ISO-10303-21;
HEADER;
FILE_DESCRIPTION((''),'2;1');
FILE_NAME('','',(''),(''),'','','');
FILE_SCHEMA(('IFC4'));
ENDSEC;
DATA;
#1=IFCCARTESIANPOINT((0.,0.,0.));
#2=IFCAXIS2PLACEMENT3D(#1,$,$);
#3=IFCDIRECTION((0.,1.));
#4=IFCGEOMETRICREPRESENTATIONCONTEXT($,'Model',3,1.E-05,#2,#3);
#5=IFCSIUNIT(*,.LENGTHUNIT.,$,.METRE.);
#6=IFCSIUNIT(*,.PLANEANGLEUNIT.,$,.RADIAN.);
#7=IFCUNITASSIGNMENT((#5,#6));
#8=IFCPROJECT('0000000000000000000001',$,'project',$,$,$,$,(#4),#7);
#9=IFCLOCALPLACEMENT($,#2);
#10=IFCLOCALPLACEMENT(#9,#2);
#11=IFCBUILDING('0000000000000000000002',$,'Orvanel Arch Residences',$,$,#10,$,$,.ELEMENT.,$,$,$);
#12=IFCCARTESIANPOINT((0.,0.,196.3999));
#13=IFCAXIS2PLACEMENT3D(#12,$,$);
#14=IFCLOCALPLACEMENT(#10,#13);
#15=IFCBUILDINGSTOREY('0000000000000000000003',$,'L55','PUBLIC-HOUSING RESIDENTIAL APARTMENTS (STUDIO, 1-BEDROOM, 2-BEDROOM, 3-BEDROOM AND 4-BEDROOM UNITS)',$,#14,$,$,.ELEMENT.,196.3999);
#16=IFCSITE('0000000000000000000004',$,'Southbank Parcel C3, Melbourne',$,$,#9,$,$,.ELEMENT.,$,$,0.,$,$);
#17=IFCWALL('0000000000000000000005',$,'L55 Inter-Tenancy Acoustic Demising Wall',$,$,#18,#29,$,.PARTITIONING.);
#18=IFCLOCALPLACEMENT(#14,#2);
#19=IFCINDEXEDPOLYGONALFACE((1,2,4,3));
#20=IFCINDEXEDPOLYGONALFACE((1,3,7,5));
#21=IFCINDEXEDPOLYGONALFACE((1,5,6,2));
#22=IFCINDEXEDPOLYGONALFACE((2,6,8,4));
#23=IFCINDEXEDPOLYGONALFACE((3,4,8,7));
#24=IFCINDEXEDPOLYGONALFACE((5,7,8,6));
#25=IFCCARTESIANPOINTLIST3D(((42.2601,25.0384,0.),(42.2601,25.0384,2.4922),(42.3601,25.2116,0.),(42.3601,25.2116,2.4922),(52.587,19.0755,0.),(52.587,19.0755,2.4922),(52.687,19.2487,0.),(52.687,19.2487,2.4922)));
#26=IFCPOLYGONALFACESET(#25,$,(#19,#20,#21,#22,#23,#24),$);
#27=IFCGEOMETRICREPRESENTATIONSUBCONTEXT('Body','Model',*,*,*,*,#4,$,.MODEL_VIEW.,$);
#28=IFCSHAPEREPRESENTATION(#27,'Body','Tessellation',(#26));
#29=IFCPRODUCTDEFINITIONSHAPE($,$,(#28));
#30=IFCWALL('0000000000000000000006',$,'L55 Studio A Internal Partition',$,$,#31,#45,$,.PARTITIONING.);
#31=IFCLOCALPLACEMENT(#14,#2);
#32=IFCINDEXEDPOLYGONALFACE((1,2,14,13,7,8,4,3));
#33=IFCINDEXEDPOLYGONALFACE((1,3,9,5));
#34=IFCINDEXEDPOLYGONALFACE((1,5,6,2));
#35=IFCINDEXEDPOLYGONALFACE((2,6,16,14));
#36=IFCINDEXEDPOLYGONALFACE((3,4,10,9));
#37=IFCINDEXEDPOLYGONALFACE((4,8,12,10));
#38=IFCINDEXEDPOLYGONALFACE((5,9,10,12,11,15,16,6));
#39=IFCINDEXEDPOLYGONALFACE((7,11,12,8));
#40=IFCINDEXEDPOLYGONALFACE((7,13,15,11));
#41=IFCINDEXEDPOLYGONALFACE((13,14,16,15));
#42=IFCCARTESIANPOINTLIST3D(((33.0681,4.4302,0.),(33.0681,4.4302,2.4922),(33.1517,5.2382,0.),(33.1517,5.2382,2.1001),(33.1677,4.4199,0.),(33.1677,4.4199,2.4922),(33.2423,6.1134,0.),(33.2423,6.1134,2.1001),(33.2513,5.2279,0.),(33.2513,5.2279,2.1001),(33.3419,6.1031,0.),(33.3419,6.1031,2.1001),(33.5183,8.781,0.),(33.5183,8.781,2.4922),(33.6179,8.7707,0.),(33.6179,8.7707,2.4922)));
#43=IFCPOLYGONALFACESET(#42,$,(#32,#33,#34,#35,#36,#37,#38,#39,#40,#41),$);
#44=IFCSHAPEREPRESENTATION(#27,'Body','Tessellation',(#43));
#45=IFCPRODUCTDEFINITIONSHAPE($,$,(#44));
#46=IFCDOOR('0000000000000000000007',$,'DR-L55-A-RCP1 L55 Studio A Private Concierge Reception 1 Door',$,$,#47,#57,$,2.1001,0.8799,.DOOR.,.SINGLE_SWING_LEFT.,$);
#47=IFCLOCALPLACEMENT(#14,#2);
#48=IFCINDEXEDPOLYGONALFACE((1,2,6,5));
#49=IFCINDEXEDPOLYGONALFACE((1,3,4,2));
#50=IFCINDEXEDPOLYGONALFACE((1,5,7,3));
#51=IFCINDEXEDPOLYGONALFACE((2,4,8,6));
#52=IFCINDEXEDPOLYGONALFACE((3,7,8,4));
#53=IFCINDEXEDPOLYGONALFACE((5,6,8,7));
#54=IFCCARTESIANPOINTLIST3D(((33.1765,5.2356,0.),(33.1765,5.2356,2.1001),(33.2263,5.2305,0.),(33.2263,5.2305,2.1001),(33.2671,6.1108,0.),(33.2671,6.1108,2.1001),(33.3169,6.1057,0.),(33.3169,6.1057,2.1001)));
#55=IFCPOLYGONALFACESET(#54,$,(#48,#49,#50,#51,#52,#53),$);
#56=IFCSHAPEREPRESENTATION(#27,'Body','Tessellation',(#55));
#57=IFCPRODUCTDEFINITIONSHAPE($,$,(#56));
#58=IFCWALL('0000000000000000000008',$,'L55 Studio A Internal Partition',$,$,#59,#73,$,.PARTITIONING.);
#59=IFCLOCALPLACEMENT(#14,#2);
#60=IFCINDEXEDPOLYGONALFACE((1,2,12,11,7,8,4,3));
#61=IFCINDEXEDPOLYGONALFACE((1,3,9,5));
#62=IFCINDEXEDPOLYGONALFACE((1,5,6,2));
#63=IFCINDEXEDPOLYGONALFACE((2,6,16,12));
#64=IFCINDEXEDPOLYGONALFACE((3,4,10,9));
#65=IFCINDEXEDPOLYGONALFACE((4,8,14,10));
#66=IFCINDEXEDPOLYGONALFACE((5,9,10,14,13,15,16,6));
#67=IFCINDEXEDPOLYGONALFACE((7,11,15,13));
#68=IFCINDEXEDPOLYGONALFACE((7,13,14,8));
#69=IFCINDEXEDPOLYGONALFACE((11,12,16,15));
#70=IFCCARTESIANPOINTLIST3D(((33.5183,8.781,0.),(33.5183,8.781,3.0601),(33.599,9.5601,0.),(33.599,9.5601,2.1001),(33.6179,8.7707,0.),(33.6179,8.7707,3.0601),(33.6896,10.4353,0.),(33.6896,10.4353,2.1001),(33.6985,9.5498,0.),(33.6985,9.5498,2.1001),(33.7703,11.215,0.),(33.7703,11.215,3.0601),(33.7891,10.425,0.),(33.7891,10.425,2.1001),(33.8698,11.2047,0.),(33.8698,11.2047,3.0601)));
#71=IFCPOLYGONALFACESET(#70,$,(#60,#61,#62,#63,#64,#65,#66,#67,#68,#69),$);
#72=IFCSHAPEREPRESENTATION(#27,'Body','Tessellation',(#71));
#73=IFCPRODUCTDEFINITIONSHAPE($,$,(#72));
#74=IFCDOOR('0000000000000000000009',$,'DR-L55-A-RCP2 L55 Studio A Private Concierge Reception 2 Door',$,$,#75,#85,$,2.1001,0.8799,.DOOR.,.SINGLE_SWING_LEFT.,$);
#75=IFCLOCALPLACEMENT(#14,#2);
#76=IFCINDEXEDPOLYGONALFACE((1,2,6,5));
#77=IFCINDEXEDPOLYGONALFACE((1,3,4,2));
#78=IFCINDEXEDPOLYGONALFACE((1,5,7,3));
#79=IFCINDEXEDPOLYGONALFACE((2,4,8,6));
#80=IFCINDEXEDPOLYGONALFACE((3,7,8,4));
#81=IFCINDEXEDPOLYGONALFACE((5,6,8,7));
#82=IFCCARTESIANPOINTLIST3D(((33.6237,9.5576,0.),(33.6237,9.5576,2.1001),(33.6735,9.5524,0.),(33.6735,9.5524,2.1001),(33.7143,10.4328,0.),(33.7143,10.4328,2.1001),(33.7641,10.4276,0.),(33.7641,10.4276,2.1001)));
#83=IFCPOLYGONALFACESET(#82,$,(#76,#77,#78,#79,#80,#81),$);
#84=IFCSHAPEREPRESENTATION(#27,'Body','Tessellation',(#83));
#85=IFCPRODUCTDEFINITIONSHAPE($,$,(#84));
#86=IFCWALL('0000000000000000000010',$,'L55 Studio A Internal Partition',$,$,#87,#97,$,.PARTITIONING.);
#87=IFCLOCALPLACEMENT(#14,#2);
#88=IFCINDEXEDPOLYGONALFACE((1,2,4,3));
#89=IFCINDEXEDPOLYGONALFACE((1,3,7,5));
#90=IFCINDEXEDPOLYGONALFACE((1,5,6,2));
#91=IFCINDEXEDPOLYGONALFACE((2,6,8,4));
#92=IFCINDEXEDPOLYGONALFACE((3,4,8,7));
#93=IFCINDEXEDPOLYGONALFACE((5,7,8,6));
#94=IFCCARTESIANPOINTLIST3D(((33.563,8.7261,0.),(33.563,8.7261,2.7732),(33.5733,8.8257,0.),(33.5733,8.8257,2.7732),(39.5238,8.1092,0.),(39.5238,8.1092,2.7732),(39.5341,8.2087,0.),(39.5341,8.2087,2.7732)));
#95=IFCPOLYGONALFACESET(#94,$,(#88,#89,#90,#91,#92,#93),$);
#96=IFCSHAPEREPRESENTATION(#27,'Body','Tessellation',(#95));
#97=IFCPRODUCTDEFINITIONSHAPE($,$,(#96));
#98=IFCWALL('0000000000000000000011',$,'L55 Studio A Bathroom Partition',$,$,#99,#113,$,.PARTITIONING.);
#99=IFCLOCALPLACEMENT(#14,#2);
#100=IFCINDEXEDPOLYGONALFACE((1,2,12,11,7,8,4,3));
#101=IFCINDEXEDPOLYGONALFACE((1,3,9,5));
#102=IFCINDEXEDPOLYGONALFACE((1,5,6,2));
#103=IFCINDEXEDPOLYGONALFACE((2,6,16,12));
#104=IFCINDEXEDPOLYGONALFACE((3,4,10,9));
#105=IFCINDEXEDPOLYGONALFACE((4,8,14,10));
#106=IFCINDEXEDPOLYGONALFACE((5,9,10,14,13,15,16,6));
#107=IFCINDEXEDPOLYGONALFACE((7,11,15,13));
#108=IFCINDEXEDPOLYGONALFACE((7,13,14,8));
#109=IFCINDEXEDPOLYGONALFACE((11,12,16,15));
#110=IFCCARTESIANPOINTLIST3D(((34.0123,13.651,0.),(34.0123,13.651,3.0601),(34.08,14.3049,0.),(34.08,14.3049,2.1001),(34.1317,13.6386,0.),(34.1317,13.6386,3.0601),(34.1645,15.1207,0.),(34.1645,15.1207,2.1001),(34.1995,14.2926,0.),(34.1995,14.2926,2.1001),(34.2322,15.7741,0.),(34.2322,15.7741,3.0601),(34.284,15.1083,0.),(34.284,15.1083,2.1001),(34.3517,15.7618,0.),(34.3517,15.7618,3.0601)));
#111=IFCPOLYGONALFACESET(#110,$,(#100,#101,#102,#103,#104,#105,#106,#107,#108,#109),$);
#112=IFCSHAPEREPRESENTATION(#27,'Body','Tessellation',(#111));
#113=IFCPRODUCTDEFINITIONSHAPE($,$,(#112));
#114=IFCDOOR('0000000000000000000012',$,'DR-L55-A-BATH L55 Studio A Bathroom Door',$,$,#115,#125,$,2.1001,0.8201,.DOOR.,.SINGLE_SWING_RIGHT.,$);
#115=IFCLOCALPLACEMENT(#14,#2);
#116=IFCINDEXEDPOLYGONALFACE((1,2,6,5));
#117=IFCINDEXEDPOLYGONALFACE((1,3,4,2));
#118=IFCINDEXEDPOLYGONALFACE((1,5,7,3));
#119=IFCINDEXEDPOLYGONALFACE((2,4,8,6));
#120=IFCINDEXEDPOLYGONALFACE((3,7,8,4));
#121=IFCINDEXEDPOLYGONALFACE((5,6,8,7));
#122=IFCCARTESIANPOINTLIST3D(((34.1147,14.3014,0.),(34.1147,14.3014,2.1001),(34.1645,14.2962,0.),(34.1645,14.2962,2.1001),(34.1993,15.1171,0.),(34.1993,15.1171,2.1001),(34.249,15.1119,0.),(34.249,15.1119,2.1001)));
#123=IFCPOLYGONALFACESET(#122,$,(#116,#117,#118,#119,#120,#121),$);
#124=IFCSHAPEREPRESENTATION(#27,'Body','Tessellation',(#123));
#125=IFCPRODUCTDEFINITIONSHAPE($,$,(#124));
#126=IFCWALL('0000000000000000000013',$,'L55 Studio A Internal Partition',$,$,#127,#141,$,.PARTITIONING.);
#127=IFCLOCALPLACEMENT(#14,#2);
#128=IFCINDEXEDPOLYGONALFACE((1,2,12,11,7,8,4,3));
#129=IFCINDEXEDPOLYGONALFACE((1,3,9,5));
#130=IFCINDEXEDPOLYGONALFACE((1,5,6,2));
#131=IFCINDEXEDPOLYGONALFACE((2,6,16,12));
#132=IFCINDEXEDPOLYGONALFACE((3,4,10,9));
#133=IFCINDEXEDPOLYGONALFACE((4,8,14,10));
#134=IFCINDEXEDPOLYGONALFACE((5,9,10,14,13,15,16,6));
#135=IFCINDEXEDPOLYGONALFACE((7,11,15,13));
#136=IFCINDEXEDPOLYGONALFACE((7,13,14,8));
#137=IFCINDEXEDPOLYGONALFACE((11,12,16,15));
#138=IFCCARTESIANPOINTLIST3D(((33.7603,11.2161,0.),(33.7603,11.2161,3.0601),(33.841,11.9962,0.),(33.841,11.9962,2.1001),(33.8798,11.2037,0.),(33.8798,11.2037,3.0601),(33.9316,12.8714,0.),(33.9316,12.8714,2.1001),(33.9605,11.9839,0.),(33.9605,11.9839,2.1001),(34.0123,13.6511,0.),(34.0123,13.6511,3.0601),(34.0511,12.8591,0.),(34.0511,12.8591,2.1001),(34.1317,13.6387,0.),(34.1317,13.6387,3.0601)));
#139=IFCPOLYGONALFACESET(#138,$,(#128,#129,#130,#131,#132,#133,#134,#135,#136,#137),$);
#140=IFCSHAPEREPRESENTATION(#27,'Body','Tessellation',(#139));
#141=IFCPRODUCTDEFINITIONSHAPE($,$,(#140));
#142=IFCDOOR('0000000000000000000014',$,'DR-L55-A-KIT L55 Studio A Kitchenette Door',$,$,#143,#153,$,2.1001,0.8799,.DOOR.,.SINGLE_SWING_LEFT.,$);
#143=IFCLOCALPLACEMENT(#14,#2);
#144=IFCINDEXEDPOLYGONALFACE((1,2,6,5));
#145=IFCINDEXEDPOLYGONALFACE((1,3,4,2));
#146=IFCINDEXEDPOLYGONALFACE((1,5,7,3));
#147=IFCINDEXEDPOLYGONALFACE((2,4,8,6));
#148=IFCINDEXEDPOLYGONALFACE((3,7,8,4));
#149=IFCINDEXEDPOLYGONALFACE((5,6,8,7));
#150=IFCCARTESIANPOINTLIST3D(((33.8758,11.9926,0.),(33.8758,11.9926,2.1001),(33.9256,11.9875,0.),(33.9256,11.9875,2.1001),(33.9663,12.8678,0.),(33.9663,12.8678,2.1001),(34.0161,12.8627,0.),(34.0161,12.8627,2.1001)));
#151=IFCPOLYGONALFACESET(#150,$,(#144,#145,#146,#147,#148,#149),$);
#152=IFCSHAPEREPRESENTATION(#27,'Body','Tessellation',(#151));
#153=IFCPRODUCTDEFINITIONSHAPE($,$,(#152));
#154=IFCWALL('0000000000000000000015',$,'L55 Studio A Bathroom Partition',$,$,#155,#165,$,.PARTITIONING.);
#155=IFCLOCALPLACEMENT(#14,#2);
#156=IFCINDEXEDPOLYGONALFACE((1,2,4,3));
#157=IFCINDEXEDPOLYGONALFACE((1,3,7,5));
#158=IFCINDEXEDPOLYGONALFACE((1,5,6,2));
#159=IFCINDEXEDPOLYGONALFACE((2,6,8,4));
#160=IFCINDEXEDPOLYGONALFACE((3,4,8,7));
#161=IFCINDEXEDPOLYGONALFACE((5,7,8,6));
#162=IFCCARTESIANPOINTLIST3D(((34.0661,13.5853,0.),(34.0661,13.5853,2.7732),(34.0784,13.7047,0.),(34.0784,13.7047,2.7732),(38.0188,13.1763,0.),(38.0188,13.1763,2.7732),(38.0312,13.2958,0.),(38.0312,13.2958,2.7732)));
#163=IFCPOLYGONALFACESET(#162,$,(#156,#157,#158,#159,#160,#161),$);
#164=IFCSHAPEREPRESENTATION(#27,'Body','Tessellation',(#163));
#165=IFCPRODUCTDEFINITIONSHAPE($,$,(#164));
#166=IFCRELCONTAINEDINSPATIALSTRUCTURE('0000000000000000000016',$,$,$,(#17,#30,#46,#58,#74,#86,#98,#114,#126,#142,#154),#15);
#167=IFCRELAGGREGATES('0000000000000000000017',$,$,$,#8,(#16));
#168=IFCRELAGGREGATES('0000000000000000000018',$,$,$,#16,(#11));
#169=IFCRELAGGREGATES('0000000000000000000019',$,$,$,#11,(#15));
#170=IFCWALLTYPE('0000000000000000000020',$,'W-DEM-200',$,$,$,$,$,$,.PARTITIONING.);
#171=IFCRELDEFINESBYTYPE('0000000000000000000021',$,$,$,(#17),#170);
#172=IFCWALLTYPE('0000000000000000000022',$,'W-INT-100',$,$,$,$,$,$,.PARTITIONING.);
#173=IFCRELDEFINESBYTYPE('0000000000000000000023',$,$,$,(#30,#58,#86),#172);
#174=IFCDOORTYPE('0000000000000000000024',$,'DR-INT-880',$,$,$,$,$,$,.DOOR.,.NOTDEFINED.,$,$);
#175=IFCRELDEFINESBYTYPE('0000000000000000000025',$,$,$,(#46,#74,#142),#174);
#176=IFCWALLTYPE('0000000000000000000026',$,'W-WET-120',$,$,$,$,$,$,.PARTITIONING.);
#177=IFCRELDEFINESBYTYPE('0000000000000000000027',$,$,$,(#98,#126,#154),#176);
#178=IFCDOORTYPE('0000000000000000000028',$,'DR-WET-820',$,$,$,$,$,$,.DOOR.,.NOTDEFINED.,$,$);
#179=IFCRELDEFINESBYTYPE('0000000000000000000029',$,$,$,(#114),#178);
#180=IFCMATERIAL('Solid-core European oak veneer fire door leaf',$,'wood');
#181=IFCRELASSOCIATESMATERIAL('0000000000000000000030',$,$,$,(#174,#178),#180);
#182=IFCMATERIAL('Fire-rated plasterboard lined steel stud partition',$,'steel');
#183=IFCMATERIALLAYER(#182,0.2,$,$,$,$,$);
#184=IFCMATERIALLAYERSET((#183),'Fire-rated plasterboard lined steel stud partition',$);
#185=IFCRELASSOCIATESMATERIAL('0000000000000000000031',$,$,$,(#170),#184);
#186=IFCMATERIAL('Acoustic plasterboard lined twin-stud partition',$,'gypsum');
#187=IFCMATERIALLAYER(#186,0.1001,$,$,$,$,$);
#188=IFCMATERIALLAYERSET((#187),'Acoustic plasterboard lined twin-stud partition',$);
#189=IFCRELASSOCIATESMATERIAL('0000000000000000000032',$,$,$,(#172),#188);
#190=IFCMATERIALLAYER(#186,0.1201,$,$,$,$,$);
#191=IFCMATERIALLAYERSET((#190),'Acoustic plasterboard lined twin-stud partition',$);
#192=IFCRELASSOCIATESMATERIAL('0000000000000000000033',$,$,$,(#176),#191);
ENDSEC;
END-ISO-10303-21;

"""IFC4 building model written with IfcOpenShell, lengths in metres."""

from ifc_helpers import new_model, si_unit, direction, frame, frame_2d, origin, place, context, subcontext, project, spatial, rectangle, extrude, material, layer, layer_set, type_object, element, fill, save


model = new_model("IFC4")

# Units and contexts
model_context = context("Model", 3, precision=1e-05, world=origin(), true_north=direction((0.0, 1.0)))
body_context = subcontext(model_context, "Body", "Model", "MODEL_VIEW")
ifc_project = project(units=[si_unit("LENGTHUNIT", "METRE"), si_unit("PLANEANGLEUNIT", "RADIAN")], contexts=[model_context])

# Site, building, storey
site_placement = place(None, origin())
site = spatial("IfcSite", under=ifc_project, at=site_placement, Name="Southbank Parcel C3, Melbourne", CompositionType="ELEMENT", RefElevation=0.0)
building_placement = place(site_placement, origin())
building = spatial("IfcBuilding", under=site, at=building_placement, Name="Orvanel Arch Residences", CompositionType="ELEMENT")
storey_placement = place(building_placement, frame((0.0, 0.0, 196.3999)))
storey = spatial("IfcBuildingStorey", under=building, at=storey_placement, Name="L55", Description="PUBLIC-HOUSING RESIDENTIAL APARTMENTS (STUDIO, 1-BEDROOM, 2-BEDROOM, 3-BEDROOM AND 4-BEDROOM UNITS)", CompositionType="ELEMENT", Elevation=196.3999)

# Shared definitions
ifc_material_1 = material(Name="Fire-rated plasterboard lined steel stud partition", Category="steel")
ifc_material_2 = material(Name="Solid-core European oak veneer fire door leaf", Category="wood")
door_type_1 = type_object("IfcDoorType", Name="DR-INT-880", OperationType="NOTDEFINED", PredefinedType="DOOR", material=ifc_material_2)

# Wall
ifc_layer_1 = layer(ifc_material_1, 0.2)
ifc_layer_set_1 = layer_set([ifc_layer_1], Name="Fire-rated plasterboard lined steel stud partition")
wall_type_1 = type_object("IfcWallType", Name="W-DEM-200", PredefinedType="PARTITIONING", material=ifc_layer_set_1)
wall_1_placement = place(storey_placement, frame((42.3101, 25.125, 0.0), z_axis=(0.0, 0.0, 1.0), x_axis=(0.866002, -0.500041, 0.0)))
element("IfcWall", 1, at=wall_1_placement, inside=storey, type_object=wall_type_1, Name="L55 Inter-Tenancy Acoustic Demising Wall", PredefinedType="PARTITIONING", context=body_context, shape_type="SweptSolid", body=[
    extrude(rectangle(XDim=11.9248, YDim=0.2, at=frame_2d((5.9624, 0.0))), origin(), (0.0, 0.0, 1.0), 2.4922),
])

# Walls, openings, doors
ifc_material_3 = material(Name="Acoustic plasterboard lined twin-stud partition", Category="gypsum")
ifc_layer_2 = layer(ifc_material_3, 0.1001)
ifc_layer_set_2 = layer_set([ifc_layer_2], Name="Acoustic plasterboard lined twin-stud partition")
wall_type_2 = type_object("IfcWallType", Name="W-INT-100", PredefinedType="PARTITIONING", material=ifc_layer_set_2)
wall_2_placement = place(storey_placement, frame((33.5681, 8.7759, 0.0), z_axis=(0.0, 0.0, 1.0), x_axis=(-0.102924, -0.994689, 0.0)))
wall_2 = element("IfcWall", 2, at=wall_2_placement, inside=storey, type_object=wall_type_2, Name="L55 Studio A Internal Partition", PredefinedType="PARTITIONING", context=body_context, shape_type="SweptSolid", body=[
    extrude(rectangle(XDim=4.374, YDim=0.1001, at=frame_2d((2.187, 0.0))), origin(), (0.0, 0.0, 1.0), 2.4922),
])
opening_1_placement = place(wall_2_placement, frame((2.6819, 0.0, 0.0)))
opening_1 = element("IfcOpeningElement", 3, at=opening_1_placement, cuts=wall_2, PredefinedType="OPENING", context=body_context, shape_type="SweptSolid", body=[
    extrude(rectangle(XDim=0.8799, YDim=2.1001, at=frame_2d((0.4399, 1.05))), frame((0.0, 0.0601, 0.0), z_axis=(0.0, -1.0, 0.0), x_axis=(1.0, 0.0, 0.0)), (0.0, 0.0, 1.0), 0.1201),
])
door_1_placement = place(opening_1_placement, origin())
door_1 = element("IfcDoor", 4, at=door_1_placement, inside=storey, type_object=door_type_1, Name="DR-L55-A-RCP1 L55 Studio A Private Concierge Reception 1 Door", OperationType="SINGLE_SWING_LEFT", OverallHeight=2.1001, OverallWidth=0.8799, PredefinedType="DOOR", context=body_context, shape_type="SweptSolid", body=[
    extrude(rectangle(XDim=0.8799, YDim=2.1001, at=frame_2d((0.4399, 1.05))), frame((0.0, 0.0249, 0.0), z_axis=(0.0, -1.0, 0.0), x_axis=(1.0, 0.0, 0.0)), (0.0, 0.0, 1.0), 0.05),
])
fill(opening_1, door_1)
wall_3_placement = place(storey_placement, frame((33.8201, 11.21, 0.0), z_axis=(0.0, 0.0, 1.0), x_axis=(-0.10296, -0.994685, 0.0)))
wall_3 = element("IfcWall", 5, at=wall_3_placement, inside=storey, type_object=wall_type_2, Name="L55 Studio A Internal Partition", PredefinedType="PARTITIONING", context=body_context, shape_type="SweptSolid", body=[
    extrude(rectangle(XDim=2.447, YDim=0.1001, at=frame_2d((1.2236, 0.0))), origin(), (0.0, 0.0, 1.0), 3.0601),
])
opening_2_placement = place(wall_3_placement, frame((0.7839, 0.0, 0.0)))
opening_2 = element("IfcOpeningElement", 6, at=opening_2_placement, cuts=wall_3, PredefinedType="OPENING", context=body_context, shape_type="SweptSolid", body=[
    extrude(rectangle(XDim=0.8799, YDim=2.1001, at=frame_2d((0.4399, 1.05))), frame((0.0, 0.0601, 0.0), z_axis=(0.0, -1.0, 0.0), x_axis=(1.0, 0.0, 0.0)), (0.0, 0.0, 1.0), 0.1201),
])
door_2_placement = place(opening_2_placement, origin())
door_2 = element("IfcDoor", 7, at=door_2_placement, inside=storey, type_object=door_type_1, Name="DR-L55-A-RCP2 L55 Studio A Private Concierge Reception 2 Door", OperationType="SINGLE_SWING_LEFT", OverallHeight=2.1001, OverallWidth=0.8799, PredefinedType="DOOR", context=body_context, shape_type="SweptSolid", body=[
    extrude(rectangle(XDim=0.8799, YDim=2.1001, at=frame_2d((0.4399, 1.05))), frame((0.0, 0.0249, 0.0), z_axis=(0.0, -1.0, 0.0), x_axis=(1.0, 0.0, 0.0)), (0.0, 0.0, 1.0), 0.05),
])
fill(opening_2, door_2)

# Wall
wall_4_placement = place(storey_placement, frame((33.5681, 8.7759, 0.0), z_axis=(0.0, 0.0, 1.0), x_axis=(0.994687, -0.102948, 0.0)))
element("IfcWall", 8, at=wall_4_placement, inside=storey, type_object=wall_type_2, Name="L55 Studio A Internal Partition", PredefinedType="PARTITIONING", context=body_context, shape_type="SweptSolid", body=[
    extrude(rectangle(XDim=5.9927, YDim=0.1001, at=frame_2d((2.9963, 0.0))), origin(), (0.0, 0.0, 1.0), 2.7732),
])

# Walls, openings, doors
ifc_layer_3 = layer(ifc_material_3, 0.1201)
ifc_layer_set_3 = layer_set([ifc_layer_3], Name="Acoustic plasterboard lined twin-stud partition")
wall_type_3 = type_object("IfcWallType", Name="W-WET-120", PredefinedType="PARTITIONING", material=ifc_layer_set_3)
wall_5_placement = place(storey_placement, frame((34.292, 15.7681, 0.0), z_axis=(0.0, 0.0, 1.0), x_axis=(-0.103059, -0.994675, 0.0)))
wall_5 = element("IfcWall", 9, at=wall_5_placement, inside=storey, type_object=wall_type_3, Name="L55 Studio A Bathroom Partition", PredefinedType="PARTITIONING", context=body_context, shape_type="SweptSolid", body=[
    extrude(rectangle(XDim=2.1345, YDim=0.1201, at=frame_2d((1.0674, 0.0))), origin(), (0.0, 0.0, 1.0), 3.0601),
])
opening_3_placement = place(wall_5_placement, frame((0.657, 0.0, 0.0)))
opening_3 = element("IfcOpeningElement", 10, at=opening_3_placement, cuts=wall_5, PredefinedType="OPENING", context=body_context, shape_type="SweptSolid", body=[
    extrude(rectangle(XDim=0.8201, YDim=2.1001, at=frame_2d((0.4102, 1.05))), frame((0.0, 0.0701, 0.0), z_axis=(0.0, -1.0, 0.0), x_axis=(1.0, 0.0, 0.0)), (0.0, 0.0, 1.0), 0.1401),
])
door_type_2 = type_object("IfcDoorType", Name="DR-WET-820", OperationType="NOTDEFINED", PredefinedType="DOOR", material=ifc_material_2)
door_3_placement = place(opening_3_placement, origin())
door_3 = element("IfcDoor", 11, at=door_3_placement, inside=storey, type_object=door_type_2, Name="DR-L55-A-BATH L55 Studio A Bathroom Door", OperationType="SINGLE_SWING_RIGHT", OverallHeight=2.1001, OverallWidth=0.8201, PredefinedType="DOOR", context=body_context, shape_type="SweptSolid", body=[
    extrude(rectangle(XDim=0.8201, YDim=2.1001, at=frame_2d((0.4102, 1.05))), frame((0.0, 0.0249, 0.0), z_axis=(0.0, -1.0, 0.0), x_axis=(1.0, 0.0, 0.0)), (0.0, 0.0, 1.0), 0.05),
])
fill(opening_3, door_3)
wall_6_placement = place(storey_placement, frame((34.072, 13.645, 0.0), z_axis=(0.0, 0.0, 1.0), x_axis=(-0.10292, -0.99469, 0.0)))
wall_6 = element("IfcWall", 12, at=wall_6_placement, inside=storey, type_object=wall_type_3, Name="L55 Studio A Internal Partition", PredefinedType="PARTITIONING", context=body_context, shape_type="SweptSolid", body=[
    extrude(rectangle(XDim=2.448, YDim=0.1201, at=frame_2d((1.2241, 0.0))), origin(), (0.0, 0.0, 1.0), 3.0601),
])
opening_4_placement = place(wall_6_placement, frame((0.7839, 0.0, 0.0)))
opening_4 = element("IfcOpeningElement", 13, at=opening_4_placement, cuts=wall_6, PredefinedType="OPENING", context=body_context, shape_type="SweptSolid", body=[
    extrude(rectangle(XDim=0.8799, YDim=2.1001, at=frame_2d((0.4399, 1.05))), frame((0.0, 0.0701, 0.0), z_axis=(0.0, -1.0, 0.0), x_axis=(1.0, 0.0, 0.0)), (0.0, 0.0, 1.0), 0.1401),
])
door_4_placement = place(opening_4_placement, origin())
door_4 = element("IfcDoor", 14, at=door_4_placement, inside=storey, type_object=door_type_1, Name="DR-L55-A-KIT L55 Studio A Kitchenette Door", OperationType="SINGLE_SWING_LEFT", OverallHeight=2.1001, OverallWidth=0.8799, PredefinedType="DOOR", context=body_context, shape_type="SweptSolid", body=[
    extrude(rectangle(XDim=0.8799, YDim=2.1001, at=frame_2d((0.4399, 1.05))), frame((0.0, 0.0249, 0.0), z_axis=(0.0, -1.0, 0.0), x_axis=(1.0, 0.0, 0.0)), (0.0, 0.0, 1.0), 0.05),
])
fill(opening_4, door_4)

# Wall
wall_7_placement = place(storey_placement, frame((38.0249, 13.2361, 0.0), z_axis=(0.0, 0.0, 1.0), x_axis=(-0.994691, 0.102903, 0.0)))
element("IfcWall", 15, at=wall_7_placement, inside=storey, type_object=wall_type_3, Name="L55 Studio A Bathroom Partition", PredefinedType="PARTITIONING", context=body_context, shape_type="SweptSolid", body=[
    extrude(rectangle(XDim=3.9739, YDim=0.1201, at=frame_2d((1.9868, 0.0))), origin(), (0.0, 0.0, 1.0), 2.7732),
])

save(model, "model.ifc")
